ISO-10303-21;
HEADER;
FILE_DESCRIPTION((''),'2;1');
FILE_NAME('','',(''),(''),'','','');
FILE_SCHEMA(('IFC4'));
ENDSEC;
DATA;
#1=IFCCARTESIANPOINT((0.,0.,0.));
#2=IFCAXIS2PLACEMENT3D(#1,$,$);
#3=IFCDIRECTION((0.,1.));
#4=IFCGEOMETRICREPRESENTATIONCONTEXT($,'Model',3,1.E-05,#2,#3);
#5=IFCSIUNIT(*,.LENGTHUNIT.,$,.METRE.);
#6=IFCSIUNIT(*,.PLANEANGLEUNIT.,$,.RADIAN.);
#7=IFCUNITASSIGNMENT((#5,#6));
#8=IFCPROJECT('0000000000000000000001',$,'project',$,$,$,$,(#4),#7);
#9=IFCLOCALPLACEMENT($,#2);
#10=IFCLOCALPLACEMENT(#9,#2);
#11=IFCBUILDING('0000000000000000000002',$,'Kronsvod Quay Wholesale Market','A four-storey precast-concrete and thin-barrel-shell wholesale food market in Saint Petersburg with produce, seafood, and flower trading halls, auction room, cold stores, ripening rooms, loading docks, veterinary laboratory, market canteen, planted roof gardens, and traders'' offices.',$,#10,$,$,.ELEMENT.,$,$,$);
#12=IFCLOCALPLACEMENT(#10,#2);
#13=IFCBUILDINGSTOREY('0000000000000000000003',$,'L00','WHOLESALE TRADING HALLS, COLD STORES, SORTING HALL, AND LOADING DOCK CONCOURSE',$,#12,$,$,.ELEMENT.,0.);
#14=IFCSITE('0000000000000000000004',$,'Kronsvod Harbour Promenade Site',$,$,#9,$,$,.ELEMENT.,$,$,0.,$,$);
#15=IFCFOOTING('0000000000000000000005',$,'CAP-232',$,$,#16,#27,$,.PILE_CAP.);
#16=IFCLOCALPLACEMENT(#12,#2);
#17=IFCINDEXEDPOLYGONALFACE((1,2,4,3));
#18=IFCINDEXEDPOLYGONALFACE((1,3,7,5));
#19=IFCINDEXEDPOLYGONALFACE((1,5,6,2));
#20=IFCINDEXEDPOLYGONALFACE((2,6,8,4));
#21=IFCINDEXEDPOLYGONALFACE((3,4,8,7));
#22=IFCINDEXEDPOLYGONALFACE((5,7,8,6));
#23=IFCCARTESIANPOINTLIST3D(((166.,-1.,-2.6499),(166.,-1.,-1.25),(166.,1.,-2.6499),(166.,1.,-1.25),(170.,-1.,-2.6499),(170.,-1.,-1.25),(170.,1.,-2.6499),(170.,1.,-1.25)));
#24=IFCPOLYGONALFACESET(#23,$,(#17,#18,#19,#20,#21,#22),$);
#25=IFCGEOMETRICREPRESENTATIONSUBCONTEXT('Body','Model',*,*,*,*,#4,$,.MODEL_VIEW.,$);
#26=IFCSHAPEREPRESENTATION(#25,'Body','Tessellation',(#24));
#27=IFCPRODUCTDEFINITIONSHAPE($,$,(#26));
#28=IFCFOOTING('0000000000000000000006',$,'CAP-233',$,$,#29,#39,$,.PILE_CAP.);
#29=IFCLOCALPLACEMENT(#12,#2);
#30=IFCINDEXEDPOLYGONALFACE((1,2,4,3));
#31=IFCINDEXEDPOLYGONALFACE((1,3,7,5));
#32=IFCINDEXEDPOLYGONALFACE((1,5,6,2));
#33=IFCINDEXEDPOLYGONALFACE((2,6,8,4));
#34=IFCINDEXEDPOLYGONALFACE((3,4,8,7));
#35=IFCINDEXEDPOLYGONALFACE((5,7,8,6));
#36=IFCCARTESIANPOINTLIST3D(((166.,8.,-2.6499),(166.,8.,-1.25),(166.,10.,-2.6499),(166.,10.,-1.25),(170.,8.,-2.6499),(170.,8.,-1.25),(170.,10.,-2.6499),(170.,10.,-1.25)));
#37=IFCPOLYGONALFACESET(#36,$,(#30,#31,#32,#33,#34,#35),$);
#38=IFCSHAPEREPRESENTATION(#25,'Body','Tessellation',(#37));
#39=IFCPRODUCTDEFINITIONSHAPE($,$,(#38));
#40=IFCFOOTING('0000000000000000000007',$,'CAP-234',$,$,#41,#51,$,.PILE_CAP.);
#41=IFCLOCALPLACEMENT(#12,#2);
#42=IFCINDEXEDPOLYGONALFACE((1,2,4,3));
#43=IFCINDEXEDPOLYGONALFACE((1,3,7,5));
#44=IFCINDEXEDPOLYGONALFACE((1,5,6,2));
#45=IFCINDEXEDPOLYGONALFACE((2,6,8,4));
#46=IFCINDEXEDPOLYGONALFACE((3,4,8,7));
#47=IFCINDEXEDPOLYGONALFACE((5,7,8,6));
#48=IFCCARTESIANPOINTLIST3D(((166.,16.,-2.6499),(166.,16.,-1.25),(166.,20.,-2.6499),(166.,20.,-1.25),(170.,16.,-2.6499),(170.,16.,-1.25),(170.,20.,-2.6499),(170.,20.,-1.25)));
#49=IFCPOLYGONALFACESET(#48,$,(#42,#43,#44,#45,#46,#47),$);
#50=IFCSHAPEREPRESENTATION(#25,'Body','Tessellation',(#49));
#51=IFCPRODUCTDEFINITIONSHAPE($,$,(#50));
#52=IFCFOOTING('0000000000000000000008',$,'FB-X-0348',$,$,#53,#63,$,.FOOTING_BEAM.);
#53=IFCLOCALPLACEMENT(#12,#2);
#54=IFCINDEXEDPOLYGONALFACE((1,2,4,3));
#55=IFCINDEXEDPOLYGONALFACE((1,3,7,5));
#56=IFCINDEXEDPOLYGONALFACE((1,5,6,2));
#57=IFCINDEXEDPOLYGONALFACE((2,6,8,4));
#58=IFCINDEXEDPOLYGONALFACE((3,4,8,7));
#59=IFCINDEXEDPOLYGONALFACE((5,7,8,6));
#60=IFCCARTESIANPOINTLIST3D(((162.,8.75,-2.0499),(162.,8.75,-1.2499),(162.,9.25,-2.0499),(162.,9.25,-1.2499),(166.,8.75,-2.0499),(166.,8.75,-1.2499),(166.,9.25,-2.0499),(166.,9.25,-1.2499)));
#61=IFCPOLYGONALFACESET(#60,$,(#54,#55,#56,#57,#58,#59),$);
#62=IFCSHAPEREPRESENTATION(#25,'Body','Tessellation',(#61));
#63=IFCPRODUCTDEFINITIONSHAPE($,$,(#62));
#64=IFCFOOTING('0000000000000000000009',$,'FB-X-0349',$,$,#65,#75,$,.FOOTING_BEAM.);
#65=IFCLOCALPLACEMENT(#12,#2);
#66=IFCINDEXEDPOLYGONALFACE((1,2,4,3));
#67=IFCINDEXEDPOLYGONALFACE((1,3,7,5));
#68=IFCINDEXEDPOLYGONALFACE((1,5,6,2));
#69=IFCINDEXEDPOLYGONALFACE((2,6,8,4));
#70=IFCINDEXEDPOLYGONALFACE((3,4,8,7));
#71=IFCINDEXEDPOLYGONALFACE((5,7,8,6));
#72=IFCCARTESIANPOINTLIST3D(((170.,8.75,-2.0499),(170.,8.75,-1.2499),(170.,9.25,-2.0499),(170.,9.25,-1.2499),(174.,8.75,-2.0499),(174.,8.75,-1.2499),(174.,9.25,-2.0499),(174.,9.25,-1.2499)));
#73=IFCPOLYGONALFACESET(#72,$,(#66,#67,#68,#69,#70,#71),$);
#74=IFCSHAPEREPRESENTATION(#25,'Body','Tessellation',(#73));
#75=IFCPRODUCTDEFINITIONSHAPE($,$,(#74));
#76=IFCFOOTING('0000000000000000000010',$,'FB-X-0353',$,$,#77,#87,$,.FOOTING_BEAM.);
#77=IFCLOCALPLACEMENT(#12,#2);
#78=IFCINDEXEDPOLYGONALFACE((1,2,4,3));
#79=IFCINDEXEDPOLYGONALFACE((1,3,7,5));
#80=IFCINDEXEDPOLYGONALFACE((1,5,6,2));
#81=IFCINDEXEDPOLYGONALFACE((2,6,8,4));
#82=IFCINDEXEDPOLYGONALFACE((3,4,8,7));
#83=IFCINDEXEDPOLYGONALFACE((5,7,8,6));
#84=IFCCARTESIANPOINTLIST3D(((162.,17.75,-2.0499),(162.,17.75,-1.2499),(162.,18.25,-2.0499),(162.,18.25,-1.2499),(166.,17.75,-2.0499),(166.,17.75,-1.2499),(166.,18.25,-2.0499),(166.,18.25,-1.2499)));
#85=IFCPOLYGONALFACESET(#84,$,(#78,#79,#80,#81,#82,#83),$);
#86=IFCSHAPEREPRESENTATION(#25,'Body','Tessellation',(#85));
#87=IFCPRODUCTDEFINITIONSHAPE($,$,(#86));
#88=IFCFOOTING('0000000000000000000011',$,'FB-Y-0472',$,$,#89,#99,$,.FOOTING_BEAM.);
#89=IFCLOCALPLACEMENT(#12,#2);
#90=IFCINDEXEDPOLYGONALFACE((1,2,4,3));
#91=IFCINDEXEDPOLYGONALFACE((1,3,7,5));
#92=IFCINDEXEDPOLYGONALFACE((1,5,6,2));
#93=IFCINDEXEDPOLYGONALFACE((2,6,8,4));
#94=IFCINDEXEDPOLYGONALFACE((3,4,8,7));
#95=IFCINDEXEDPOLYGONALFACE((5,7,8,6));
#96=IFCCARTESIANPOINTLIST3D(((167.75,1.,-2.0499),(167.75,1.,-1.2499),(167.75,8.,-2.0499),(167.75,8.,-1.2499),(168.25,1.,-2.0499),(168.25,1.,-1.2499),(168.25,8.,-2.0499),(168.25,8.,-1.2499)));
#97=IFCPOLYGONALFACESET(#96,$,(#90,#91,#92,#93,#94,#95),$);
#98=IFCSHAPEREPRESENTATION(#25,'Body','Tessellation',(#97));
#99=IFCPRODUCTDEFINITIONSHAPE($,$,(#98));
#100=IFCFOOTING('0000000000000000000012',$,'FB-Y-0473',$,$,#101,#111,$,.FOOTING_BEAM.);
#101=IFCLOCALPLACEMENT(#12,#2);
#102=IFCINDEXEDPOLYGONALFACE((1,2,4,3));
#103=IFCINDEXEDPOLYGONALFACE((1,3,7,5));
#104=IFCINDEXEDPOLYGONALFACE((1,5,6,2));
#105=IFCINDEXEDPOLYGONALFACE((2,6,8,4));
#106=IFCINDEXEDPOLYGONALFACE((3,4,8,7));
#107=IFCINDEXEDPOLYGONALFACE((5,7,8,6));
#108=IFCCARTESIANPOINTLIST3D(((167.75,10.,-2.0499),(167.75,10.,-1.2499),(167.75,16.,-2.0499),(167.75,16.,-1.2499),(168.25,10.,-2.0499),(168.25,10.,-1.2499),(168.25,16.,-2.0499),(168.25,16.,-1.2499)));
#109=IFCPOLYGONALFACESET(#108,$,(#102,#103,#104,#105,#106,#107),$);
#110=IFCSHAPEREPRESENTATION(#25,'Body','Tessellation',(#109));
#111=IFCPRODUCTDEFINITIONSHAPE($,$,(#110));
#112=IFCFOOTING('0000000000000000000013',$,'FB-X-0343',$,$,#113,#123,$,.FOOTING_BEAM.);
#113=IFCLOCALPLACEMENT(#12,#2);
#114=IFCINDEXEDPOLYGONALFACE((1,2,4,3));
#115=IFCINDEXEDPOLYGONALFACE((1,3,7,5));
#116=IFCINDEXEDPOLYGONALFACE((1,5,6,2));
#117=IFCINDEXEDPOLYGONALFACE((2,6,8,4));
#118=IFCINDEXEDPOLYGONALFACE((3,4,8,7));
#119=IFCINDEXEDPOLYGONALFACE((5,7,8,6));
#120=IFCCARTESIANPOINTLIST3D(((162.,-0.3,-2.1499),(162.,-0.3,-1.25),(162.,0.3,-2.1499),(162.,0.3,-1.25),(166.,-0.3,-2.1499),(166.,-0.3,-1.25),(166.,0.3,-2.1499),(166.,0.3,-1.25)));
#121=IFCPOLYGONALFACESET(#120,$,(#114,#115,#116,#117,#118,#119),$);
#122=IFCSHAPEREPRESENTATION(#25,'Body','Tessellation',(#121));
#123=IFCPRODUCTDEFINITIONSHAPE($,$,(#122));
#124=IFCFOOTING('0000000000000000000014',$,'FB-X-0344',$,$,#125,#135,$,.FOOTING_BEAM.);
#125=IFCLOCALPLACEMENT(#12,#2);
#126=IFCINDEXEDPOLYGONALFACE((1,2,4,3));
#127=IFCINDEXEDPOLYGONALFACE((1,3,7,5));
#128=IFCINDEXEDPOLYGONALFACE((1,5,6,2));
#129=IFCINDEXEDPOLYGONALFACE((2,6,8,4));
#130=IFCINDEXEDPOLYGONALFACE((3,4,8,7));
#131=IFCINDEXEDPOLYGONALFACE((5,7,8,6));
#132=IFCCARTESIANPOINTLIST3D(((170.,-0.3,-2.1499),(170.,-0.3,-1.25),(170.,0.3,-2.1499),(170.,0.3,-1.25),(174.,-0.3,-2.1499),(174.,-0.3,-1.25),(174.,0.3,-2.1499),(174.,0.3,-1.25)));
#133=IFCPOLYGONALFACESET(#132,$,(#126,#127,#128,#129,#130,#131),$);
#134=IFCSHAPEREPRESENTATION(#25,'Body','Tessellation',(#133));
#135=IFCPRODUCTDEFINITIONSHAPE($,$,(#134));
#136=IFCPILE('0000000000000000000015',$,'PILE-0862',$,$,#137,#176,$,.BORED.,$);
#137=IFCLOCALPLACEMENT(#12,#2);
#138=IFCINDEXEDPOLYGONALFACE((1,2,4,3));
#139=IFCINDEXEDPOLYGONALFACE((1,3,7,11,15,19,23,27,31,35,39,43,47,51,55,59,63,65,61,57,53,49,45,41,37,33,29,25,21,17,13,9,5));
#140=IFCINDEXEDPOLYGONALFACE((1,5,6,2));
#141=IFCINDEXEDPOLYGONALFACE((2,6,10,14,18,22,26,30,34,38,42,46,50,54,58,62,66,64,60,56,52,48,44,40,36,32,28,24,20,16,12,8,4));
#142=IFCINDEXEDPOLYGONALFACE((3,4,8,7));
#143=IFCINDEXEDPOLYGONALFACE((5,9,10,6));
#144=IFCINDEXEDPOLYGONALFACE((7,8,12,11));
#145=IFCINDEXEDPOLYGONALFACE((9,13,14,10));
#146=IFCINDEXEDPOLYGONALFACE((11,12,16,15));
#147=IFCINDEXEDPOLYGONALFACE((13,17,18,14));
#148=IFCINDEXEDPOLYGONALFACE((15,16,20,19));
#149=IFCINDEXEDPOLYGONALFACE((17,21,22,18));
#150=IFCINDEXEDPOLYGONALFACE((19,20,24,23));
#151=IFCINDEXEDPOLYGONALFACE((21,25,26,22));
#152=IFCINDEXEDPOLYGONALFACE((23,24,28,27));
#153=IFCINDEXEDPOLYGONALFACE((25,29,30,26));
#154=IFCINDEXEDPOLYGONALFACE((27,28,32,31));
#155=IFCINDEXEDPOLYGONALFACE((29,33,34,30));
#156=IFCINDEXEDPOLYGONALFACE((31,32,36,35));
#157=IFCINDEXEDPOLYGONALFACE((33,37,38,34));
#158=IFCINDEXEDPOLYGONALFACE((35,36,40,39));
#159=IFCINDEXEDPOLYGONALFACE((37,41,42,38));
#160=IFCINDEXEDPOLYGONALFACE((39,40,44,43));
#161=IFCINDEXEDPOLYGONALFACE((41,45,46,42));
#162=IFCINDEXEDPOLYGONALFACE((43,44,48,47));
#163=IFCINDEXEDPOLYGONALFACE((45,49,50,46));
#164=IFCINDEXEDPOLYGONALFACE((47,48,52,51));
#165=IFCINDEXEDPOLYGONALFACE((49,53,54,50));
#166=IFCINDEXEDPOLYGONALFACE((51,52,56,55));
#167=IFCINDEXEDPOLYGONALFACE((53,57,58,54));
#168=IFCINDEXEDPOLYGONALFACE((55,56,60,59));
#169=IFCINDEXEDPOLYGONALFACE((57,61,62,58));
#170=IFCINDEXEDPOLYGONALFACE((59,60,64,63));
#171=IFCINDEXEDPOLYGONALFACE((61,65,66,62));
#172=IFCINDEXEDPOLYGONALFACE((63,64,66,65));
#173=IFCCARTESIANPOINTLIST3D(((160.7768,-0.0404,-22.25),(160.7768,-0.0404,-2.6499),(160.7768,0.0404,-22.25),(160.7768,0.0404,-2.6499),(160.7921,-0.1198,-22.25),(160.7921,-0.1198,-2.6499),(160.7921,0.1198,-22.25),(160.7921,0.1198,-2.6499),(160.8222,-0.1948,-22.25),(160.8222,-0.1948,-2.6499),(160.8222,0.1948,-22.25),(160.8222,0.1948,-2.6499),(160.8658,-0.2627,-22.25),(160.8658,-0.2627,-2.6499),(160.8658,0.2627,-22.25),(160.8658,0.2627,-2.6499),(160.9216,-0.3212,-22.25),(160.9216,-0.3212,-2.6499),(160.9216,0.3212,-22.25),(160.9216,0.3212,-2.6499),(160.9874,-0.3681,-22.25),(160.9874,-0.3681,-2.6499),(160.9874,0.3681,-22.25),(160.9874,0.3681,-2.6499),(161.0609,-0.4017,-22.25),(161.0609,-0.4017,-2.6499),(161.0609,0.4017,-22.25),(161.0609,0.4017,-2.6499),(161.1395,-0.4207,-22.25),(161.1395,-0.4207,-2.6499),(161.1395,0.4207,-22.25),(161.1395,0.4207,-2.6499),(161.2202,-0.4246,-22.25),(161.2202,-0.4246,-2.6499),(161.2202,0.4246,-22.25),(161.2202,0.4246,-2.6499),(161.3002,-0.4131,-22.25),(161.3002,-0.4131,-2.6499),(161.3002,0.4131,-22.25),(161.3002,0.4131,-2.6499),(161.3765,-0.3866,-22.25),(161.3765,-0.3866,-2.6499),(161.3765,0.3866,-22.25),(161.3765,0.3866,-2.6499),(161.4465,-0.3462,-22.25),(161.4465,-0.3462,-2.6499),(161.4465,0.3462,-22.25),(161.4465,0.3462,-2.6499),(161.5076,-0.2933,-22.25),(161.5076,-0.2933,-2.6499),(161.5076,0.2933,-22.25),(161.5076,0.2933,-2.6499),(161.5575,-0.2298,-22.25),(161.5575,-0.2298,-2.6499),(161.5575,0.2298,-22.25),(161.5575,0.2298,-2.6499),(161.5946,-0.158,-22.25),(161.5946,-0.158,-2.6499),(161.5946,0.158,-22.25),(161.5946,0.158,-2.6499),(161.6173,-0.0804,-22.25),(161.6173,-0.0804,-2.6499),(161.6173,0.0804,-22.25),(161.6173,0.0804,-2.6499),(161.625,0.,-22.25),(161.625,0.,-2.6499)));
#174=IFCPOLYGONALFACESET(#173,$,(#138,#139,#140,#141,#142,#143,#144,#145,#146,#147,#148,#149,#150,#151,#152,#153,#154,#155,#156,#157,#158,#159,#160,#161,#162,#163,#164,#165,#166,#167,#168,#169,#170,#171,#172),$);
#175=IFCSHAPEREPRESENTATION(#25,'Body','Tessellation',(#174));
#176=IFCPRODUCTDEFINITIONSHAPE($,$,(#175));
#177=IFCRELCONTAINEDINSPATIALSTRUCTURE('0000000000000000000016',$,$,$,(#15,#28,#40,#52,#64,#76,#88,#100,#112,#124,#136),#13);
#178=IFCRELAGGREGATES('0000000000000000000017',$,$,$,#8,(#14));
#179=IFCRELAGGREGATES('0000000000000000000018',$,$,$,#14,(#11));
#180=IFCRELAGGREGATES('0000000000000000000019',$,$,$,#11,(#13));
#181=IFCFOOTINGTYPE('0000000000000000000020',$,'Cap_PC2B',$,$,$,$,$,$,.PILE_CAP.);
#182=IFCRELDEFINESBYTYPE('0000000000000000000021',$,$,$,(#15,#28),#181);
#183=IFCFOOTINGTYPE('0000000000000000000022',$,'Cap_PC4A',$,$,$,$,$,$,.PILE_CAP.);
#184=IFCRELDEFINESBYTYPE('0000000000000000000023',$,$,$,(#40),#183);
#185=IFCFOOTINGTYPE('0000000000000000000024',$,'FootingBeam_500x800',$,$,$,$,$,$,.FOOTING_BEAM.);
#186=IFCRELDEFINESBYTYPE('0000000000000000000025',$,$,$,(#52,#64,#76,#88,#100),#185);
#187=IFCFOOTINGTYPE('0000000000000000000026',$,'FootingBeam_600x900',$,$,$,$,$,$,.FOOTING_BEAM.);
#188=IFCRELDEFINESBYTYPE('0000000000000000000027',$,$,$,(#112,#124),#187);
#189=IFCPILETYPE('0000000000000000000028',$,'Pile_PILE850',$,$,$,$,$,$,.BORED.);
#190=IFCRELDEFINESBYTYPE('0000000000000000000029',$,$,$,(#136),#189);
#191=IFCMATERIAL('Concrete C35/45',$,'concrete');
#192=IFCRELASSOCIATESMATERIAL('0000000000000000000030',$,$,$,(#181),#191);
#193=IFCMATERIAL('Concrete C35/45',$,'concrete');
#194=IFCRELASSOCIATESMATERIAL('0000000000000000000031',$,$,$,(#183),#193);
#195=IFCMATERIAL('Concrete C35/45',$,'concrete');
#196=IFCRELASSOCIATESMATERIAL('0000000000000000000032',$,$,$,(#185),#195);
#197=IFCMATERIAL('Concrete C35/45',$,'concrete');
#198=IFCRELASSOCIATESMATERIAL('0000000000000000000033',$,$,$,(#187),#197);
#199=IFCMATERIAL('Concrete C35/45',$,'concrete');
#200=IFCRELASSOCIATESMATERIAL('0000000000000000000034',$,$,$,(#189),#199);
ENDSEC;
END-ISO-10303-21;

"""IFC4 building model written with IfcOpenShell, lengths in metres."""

from ifc_helpers import new_model, si_unit, direction, frame, origin, origin_2d, place, context, subcontext, project, spatial, rectangle, circle, extrude, material, material_profile, profile_set, type_object, element, save


model = new_model("IFC4")

# Units and contexts
model_context = context("Model", 3, precision=1e-05, world=origin(), true_north=direction((0.0, 1.0)))
body_context = subcontext(model_context, "Body", "Model", "MODEL_VIEW")
ifc_project = project(units=[si_unit("LENGTHUNIT", "METRE"), si_unit("PLANEANGLEUNIT", "RADIAN")], contexts=[model_context])

# Site, building, storey
site_placement = place(None, origin())
site = spatial("IfcSite", under=ifc_project, at=site_placement, Name="Kronsvod Harbour Promenade Site", CompositionType="ELEMENT", RefElevation=0.0)
building_placement = place(site_placement, origin())
building = spatial("IfcBuilding", under=site, at=building_placement, Name="Kronsvod Quay Wholesale Market", Description="A four-storey precast-concrete and thin-barrel-shell wholesale food market in Saint Petersburg with produce, seafood, and flower trading halls, auction room, cold stores, ripening rooms, loading docks, veterinary laboratory, market canteen, planted roof gardens, and traders' offices.", CompositionType="ELEMENT")
storey_placement = place(building_placement, origin())
storey = spatial("IfcBuildingStorey", under=building, at=storey_placement, Name="L00", Description="WHOLESALE TRADING HALLS, COLD STORES, SORTING HALL, AND LOADING DOCK CONCOURSE", CompositionType="ELEMENT", Elevation=0.0)

# Footings
ifc_material_1 = material(Name="Concrete C35/45", Category="concrete")
footing_type_1 = type_object("IfcFootingType", Name="Cap_PC2B", PredefinedType="PILE_CAP", material=ifc_material_1)
for number, where, z_axis, x_axis, name in (
    (1, (168.0, 0.0, -2.6499), (0.0, 0.0, 1.0), (1.0, 0.0, 0.0), "CAP-232"),
    (2, (168.0, 9.0, -2.6499), (0.0, 0.0, 1.0), (1.0, 0.0, 0.0), "CAP-233"),
):
    element("IfcFooting", number, at=place(storey_placement, frame(where, z_axis=z_axis, x_axis=x_axis)), inside=storey, type_object=footing_type_1, Name=name, PredefinedType="PILE_CAP", context=body_context, shape_type="SweptSolid", body=[
        extrude(rectangle(XDim=4.0, YDim=2.0, at=origin_2d()), origin(), (0.0, 0.0, 1.0), 1.3999),
    ])
ifc_material_2 = material(Name="Concrete C35/45", Category="concrete")
footing_type_2 = type_object("IfcFootingType", Name="Cap_PC4A", PredefinedType="PILE_CAP", material=ifc_material_2)
footing_1_placement = place(storey_placement, frame((168.0, 18.0, -2.6499), z_axis=(0.0, 0.0, 1.0), x_axis=(1.0, 0.0, 0.0)))
element("IfcFooting", 3, at=footing_1_placement, inside=storey, type_object=footing_type_2, Name="CAP-234", PredefinedType="PILE_CAP", context=body_context, shape_type="SweptSolid", body=[
    extrude(rectangle(XDim=4.0, YDim=4.0, at=origin_2d()), origin(), (0.0, 0.0, 1.0), 1.3999),
])
ifc_material_3 = material(Name="Concrete C35/45", Category="concrete")
ifc_material_profile_1 = material_profile(ifc_material_3, rectangle(XDim=0.5, YDim=0.8, at=origin_2d()), Name="FB-01")
ifc_profile_set_1 = profile_set([ifc_material_profile_1], Name="Concrete C35/45")
footing_type_3 = type_object("IfcFootingType", Name="FootingBeam_500x800", PredefinedType="FOOTING_BEAM", material=ifc_profile_set_1)
for number, where, z_axis, x_axis, name in (
    (4, (162.0, 9.0, -1.6499), (1.0, 0.0, 0.0), (0.0, 1.0, 0.0), "FB-X-0348"),
    (5, (170.0, 9.0, -1.6499), (1.0, 0.0, 0.0), (0.0, 1.0, 0.0), "FB-X-0349"),
    (6, (162.0, 18.0, -1.6499), (1.0, 0.0, 0.0), (0.0, 1.0, 0.0), "FB-X-0353"),
):
    element("IfcFooting", number, at=place(storey_placement, frame(where, z_axis=z_axis, x_axis=x_axis)), inside=storey, type_object=footing_type_3, Name=name, PredefinedType="FOOTING_BEAM", context=body_context, shape_type="SweptSolid", body=[
        extrude(rectangle(XDim=0.5, YDim=0.8, at=origin_2d()), origin(), (0.0, 0.0, 1.0), 4.0),
    ])
footing_2_placement = place(storey_placement, frame((168.0, 1.0, -1.6499), z_axis=(0.0, 1.0, 0.0), x_axis=(-1.0, 0.0, 0.0)))
element("IfcFooting", 7, at=footing_2_placement, inside=storey, type_object=footing_type_3, Name="FB-Y-0472", PredefinedType="FOOTING_BEAM", context=body_context, shape_type="SweptSolid", body=[
    extrude(rectangle(XDim=0.5, YDim=0.8, at=origin_2d()), origin(), (0.0, 0.0, 1.0), 7.0),
])
footing_3_placement = place(storey_placement, frame((168.0, 10.0, -1.6499), z_axis=(0.0, 1.0, 0.0), x_axis=(-1.0, 0.0, 0.0)))
element("IfcFooting", 8, at=footing_3_placement, inside=storey, type_object=footing_type_3, Name="FB-Y-0473", PredefinedType="FOOTING_BEAM", context=body_context, shape_type="SweptSolid", body=[
    extrude(rectangle(XDim=0.5, YDim=0.8, at=origin_2d()), origin(), (0.0, 0.0, 1.0), 6.0),
])
ifc_material_4 = material(Name="Concrete C35/45", Category="concrete")
ifc_material_profile_2 = material_profile(ifc_material_4, rectangle(XDim=0.6001, YDim=0.8999, at=origin_2d()), Name="FB-02")
ifc_profile_set_2 = profile_set([ifc_material_profile_2], Name="Concrete C35/45")
footing_type_4 = type_object("IfcFootingType", Name="FootingBeam_600x900", PredefinedType="FOOTING_BEAM", material=ifc_profile_set_2)
for number, where, z_axis, x_axis, name in (
    (9, (162.0, 0.0, -1.7), (1.0, 0.0, 0.0), (0.0, 1.0, 0.0), "FB-X-0343"),
    (10, (170.0, 0.0, -1.7), (1.0, 0.0, 0.0), (0.0, 1.0, 0.0), "FB-X-0344"),
):
    element("IfcFooting", number, at=place(storey_placement, frame(where, z_axis=z_axis, x_axis=x_axis)), inside=storey, type_object=footing_type_4, Name=name, PredefinedType="FOOTING_BEAM", context=body_context, shape_type="SweptSolid", body=[
        extrude(rectangle(XDim=0.6001, YDim=0.8999, at=origin_2d()), origin(), (0.0, 0.0, 1.0), 4.0),
    ])

# Pile
ifc_material_5 = material(Name="Concrete C35/45", Category="concrete")
ifc_material_profile_3 = material_profile(ifc_material_5, circle(Radius=0.425, at=origin_2d()), Name="PILE850")
ifc_profile_set_3 = profile_set([ifc_material_profile_3], Name="Concrete C35/45")
pile_type_1 = type_object("IfcPileType", Name="Pile_PILE850", PredefinedType="BORED", material=ifc_profile_set_3)
for number, where, z_axis, x_axis, name in (
    (11, (161.2, 0.0, -2.6499), (0.0, 0.0, -1.0), (1.0, 0.0, 0.0), "PILE-0862"),
):
    element("IfcPile", number, at=place(storey_placement, frame(where, z_axis=z_axis, x_axis=x_axis)), inside=storey, type_object=pile_type_1, Name=name, PredefinedType="BORED", context=body_context, shape_type="SweptSolid", body=[
        extrude(circle(Radius=0.425, at=origin_2d()), origin(), (0.0, 0.0, 1.0), 19.6001),
    ])

save(model, "model.ifc")
